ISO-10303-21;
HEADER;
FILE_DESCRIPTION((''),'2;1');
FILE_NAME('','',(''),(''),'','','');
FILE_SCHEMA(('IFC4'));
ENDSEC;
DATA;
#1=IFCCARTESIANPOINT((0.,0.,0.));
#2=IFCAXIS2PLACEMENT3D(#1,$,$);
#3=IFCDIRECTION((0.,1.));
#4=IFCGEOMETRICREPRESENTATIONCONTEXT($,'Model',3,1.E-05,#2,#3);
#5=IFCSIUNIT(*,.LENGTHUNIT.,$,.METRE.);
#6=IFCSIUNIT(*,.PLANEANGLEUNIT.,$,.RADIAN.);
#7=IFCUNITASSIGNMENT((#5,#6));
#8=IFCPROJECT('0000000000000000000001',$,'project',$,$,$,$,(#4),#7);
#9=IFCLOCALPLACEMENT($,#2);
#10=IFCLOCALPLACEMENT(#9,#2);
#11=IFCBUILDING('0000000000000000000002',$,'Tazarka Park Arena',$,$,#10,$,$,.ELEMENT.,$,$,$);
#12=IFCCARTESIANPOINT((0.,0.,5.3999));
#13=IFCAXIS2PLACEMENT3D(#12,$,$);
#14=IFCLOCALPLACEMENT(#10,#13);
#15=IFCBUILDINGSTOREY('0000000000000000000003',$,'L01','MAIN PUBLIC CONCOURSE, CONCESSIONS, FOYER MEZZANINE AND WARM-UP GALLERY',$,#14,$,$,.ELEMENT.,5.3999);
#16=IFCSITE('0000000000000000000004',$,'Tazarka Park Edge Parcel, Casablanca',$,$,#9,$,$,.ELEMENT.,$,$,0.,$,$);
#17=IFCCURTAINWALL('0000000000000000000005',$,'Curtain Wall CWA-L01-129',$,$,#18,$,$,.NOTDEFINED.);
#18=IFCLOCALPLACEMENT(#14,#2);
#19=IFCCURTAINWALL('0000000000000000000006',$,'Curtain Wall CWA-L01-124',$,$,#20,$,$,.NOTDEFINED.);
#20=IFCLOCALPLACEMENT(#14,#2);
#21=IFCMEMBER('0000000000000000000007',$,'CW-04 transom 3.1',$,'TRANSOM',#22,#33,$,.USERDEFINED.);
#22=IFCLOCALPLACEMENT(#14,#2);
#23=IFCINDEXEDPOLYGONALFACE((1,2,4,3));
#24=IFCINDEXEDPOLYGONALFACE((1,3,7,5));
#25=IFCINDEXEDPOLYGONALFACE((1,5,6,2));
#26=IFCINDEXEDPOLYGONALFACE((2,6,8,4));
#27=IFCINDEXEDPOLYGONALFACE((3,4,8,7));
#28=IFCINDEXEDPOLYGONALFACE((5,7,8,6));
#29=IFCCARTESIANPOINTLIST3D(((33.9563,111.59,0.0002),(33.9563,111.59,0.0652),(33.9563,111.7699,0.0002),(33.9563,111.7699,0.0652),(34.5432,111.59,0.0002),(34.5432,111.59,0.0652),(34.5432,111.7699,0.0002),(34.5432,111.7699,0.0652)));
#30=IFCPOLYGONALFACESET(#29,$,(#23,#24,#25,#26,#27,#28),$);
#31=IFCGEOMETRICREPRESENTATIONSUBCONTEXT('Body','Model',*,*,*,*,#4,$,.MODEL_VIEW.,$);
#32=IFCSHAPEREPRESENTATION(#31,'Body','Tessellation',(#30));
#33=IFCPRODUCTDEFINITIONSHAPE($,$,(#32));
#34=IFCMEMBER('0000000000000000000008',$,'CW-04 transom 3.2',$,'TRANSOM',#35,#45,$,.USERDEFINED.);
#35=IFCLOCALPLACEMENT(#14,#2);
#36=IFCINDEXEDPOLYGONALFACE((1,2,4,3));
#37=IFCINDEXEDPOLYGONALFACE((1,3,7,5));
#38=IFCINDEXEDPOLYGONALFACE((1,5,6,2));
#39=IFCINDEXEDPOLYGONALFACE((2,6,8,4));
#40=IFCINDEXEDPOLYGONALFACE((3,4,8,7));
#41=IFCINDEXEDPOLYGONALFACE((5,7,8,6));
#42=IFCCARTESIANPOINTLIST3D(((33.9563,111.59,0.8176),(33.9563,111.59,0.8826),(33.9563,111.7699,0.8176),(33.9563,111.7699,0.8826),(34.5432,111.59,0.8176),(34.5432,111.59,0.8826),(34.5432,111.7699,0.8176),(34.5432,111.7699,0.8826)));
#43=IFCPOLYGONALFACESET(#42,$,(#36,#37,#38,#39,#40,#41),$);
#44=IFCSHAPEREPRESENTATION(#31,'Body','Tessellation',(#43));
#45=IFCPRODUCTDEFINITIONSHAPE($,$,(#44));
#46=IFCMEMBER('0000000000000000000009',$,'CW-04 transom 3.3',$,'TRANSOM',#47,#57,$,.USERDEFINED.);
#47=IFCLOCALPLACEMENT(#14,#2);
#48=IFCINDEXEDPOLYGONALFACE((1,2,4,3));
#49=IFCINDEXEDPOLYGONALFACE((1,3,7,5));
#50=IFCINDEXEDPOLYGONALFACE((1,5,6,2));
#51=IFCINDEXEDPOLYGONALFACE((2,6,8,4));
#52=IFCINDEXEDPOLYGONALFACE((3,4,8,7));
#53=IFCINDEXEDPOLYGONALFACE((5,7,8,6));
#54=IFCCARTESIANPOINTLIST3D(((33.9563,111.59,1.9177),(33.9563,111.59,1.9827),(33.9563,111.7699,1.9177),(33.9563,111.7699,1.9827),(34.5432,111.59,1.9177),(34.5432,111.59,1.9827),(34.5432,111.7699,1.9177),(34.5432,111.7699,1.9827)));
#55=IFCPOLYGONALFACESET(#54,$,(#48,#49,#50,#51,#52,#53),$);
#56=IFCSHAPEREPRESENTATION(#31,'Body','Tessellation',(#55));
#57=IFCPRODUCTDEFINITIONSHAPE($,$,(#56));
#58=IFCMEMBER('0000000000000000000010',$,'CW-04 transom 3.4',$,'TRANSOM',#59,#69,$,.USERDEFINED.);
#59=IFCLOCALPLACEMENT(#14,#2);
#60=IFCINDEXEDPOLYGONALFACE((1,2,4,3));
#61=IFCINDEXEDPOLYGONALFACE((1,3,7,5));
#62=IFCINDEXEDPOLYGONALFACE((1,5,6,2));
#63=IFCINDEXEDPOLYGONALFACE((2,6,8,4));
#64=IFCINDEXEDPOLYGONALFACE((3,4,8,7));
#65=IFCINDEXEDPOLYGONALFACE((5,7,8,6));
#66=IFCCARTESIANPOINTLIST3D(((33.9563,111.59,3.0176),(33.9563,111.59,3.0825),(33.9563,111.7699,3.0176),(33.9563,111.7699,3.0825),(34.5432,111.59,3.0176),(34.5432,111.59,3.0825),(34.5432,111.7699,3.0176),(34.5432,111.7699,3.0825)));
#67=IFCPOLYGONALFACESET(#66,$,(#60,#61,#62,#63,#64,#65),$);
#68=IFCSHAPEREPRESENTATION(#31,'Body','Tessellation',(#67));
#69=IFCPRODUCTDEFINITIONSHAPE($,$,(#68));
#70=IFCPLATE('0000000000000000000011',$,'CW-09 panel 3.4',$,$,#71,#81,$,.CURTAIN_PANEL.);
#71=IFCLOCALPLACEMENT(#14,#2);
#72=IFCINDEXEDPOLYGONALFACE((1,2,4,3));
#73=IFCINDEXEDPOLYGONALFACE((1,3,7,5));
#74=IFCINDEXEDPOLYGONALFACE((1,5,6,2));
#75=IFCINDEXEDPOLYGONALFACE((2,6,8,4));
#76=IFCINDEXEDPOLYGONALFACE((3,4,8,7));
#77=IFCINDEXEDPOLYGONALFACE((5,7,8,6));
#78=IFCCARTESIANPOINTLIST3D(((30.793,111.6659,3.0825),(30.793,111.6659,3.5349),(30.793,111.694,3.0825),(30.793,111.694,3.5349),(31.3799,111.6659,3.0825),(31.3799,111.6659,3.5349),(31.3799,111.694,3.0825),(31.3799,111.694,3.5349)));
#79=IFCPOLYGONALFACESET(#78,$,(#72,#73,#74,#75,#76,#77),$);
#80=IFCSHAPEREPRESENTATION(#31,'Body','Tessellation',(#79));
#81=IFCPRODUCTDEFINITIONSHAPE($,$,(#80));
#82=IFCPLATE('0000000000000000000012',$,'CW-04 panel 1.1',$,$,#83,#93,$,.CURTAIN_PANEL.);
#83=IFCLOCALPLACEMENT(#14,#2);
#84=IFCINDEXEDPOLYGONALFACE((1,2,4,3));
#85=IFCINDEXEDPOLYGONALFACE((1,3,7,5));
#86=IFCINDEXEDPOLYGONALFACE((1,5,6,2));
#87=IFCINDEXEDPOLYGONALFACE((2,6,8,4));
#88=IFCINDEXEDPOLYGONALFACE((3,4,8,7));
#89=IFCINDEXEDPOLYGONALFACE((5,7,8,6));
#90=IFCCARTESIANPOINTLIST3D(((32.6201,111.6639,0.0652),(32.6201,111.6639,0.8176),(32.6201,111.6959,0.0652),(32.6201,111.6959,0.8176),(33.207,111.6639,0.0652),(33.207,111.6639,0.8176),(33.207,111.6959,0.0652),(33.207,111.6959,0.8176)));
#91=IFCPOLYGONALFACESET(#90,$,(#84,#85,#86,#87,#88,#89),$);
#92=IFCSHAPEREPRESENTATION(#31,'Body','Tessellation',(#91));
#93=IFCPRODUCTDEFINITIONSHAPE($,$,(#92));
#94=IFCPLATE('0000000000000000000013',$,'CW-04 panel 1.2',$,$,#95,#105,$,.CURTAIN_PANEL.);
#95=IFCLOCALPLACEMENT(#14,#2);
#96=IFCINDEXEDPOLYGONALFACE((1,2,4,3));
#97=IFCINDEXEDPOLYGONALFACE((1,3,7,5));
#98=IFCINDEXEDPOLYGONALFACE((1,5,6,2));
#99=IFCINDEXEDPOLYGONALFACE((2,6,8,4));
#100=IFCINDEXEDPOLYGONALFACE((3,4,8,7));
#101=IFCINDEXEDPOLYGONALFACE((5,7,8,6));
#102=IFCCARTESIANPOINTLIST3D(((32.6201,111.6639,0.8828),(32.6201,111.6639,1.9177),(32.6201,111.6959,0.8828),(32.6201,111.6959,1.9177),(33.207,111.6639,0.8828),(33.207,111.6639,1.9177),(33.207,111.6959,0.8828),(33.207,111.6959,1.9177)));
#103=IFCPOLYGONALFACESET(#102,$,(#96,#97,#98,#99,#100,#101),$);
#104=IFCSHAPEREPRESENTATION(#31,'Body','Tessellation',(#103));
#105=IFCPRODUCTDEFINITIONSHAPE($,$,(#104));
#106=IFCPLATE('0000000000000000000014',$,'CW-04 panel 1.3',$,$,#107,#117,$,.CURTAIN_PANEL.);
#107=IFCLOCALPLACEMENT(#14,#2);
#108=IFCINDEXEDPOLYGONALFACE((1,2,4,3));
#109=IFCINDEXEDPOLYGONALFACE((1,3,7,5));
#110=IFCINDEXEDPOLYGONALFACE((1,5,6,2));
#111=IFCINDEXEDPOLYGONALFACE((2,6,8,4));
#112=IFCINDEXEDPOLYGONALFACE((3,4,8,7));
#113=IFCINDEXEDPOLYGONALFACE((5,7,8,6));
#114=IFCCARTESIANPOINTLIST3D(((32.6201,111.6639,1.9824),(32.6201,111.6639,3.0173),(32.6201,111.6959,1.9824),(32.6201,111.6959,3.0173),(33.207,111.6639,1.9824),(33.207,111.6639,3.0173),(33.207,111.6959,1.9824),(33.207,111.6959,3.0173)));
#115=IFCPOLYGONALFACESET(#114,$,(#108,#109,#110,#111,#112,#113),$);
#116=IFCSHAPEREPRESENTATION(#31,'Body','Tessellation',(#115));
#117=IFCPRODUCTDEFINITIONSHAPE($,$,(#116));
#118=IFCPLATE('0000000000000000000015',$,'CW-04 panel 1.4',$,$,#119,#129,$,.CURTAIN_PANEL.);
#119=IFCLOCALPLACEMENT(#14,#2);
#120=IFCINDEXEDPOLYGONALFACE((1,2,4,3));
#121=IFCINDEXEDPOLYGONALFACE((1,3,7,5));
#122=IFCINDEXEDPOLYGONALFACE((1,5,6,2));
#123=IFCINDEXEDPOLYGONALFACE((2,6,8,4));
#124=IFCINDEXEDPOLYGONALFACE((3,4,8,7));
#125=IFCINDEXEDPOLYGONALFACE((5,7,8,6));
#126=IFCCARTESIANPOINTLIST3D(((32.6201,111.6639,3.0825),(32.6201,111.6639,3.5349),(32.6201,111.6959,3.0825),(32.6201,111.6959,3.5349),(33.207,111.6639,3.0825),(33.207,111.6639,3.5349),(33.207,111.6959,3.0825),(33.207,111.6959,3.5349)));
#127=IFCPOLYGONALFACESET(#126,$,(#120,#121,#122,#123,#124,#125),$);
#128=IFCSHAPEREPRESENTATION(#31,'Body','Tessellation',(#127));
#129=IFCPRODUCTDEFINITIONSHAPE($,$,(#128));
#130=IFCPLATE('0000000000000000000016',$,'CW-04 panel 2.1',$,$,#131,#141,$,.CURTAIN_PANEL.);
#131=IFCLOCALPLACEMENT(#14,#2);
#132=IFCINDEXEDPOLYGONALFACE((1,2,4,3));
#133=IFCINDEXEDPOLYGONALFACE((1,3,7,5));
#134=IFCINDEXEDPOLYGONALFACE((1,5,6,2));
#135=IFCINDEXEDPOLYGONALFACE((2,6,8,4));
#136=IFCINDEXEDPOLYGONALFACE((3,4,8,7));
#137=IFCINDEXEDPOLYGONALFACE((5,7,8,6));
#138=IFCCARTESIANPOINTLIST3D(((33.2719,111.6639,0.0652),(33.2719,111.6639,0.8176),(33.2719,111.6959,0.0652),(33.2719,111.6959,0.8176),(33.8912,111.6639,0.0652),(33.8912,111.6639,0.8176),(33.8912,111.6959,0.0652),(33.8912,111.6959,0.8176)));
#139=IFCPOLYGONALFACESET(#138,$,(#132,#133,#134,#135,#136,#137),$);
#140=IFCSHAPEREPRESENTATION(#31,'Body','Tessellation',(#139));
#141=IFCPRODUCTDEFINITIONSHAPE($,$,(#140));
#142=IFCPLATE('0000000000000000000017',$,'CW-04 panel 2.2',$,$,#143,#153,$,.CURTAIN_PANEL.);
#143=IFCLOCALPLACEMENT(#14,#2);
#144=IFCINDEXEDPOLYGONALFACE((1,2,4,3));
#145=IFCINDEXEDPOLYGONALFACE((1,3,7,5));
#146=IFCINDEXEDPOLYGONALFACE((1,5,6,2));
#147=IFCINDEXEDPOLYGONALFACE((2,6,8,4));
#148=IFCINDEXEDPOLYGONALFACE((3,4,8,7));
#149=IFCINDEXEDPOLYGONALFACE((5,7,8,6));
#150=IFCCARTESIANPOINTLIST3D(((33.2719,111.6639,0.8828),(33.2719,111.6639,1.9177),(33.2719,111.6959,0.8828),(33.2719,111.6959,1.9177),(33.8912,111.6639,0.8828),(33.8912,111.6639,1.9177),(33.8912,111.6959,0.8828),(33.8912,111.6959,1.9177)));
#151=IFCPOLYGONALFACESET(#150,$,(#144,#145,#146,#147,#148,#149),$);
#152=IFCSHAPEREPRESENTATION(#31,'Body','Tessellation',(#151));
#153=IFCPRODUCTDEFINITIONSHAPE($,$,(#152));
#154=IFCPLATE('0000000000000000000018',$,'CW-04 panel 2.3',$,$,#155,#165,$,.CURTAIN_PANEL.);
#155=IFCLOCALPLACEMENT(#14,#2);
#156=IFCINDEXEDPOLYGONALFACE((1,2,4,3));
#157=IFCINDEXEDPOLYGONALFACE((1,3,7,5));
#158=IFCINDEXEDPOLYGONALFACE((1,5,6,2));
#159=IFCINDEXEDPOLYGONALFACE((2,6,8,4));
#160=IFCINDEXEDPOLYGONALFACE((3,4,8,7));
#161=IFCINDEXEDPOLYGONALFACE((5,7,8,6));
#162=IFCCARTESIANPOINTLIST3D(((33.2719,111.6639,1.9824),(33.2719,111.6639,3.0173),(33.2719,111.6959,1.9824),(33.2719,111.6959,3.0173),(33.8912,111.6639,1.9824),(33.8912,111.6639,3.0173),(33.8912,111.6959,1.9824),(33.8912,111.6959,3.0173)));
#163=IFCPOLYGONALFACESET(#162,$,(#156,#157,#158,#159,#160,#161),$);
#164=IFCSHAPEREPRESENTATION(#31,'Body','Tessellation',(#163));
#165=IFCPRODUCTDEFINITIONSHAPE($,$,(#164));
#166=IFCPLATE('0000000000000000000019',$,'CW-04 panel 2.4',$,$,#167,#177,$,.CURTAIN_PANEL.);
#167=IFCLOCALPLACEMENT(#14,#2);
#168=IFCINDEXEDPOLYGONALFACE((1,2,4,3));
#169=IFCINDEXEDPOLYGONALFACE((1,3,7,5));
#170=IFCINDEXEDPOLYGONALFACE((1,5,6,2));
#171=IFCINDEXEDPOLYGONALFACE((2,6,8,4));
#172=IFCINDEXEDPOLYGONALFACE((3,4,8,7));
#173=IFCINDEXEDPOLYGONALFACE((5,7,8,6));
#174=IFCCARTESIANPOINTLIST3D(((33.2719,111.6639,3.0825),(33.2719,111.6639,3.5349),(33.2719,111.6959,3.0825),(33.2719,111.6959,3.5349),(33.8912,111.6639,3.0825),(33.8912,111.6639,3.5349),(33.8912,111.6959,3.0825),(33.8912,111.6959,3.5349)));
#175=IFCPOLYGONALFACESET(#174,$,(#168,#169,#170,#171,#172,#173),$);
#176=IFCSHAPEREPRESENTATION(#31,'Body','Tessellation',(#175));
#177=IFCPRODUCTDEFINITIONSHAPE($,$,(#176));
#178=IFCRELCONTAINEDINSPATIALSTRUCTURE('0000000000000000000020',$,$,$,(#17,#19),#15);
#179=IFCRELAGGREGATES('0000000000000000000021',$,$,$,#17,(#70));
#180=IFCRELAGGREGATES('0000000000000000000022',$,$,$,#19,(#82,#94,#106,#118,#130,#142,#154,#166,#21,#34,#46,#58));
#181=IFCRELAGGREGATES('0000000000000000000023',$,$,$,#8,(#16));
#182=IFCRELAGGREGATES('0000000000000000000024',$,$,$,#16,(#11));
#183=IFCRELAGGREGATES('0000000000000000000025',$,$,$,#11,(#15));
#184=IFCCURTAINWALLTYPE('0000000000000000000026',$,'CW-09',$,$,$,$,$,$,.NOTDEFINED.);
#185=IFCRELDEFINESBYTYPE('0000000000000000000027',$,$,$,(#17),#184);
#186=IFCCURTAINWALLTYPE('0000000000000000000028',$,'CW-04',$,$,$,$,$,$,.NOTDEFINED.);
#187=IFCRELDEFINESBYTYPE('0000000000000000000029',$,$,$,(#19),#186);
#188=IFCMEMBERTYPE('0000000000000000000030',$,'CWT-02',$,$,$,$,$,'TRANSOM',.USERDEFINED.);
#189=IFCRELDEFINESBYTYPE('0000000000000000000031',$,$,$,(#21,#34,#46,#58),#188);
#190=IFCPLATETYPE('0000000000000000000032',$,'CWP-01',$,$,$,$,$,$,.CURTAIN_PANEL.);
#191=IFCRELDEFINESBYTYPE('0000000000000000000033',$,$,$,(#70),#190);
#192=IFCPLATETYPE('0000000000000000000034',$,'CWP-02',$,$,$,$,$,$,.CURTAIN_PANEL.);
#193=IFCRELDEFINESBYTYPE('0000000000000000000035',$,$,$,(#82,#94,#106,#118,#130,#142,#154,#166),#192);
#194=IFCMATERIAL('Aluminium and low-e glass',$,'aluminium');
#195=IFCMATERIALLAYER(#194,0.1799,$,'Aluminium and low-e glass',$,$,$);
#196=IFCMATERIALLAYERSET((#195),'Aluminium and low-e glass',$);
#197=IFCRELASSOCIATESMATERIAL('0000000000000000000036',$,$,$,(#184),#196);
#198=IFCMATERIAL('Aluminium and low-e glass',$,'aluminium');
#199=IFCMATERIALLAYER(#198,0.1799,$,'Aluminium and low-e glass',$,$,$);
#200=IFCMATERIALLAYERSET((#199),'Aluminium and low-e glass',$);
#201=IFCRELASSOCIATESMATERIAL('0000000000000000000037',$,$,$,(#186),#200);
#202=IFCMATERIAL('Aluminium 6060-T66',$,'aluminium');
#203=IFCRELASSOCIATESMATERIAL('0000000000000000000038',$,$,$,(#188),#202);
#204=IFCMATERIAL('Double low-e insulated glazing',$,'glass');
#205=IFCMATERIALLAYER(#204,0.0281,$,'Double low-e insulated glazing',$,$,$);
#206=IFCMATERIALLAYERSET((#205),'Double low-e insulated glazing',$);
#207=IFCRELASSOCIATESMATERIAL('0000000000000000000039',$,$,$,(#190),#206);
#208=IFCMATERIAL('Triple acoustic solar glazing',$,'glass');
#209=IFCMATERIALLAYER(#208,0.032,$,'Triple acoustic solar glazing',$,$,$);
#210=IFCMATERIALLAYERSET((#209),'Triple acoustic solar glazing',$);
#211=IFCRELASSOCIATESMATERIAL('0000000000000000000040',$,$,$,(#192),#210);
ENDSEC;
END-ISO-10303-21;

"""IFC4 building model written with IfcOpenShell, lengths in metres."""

from ifc_helpers import new_model, si_unit, direction, frame, origin, origin_2d, place, context, subcontext, project, spatial, rectangle, extrude, material, layer, layer_set, material_profile, profile_set, type_object, element, aggregate, save


model = new_model("IFC4")

# Units and contexts
model_context = context("Model", 3, precision=1e-05, world=origin(), true_north=direction((0.0, 1.0)))
body_context = subcontext(model_context, "Body", "Model", "MODEL_VIEW")
ifc_project = project(units=[si_unit("LENGTHUNIT", "METRE"), si_unit("PLANEANGLEUNIT", "RADIAN")], contexts=[model_context])

# Site, building, storey
site_placement = place(None, origin())
site = spatial("IfcSite", under=ifc_project, at=site_placement, Name="Tazarka Park Edge Parcel, Casablanca", CompositionType="ELEMENT", RefElevation=0.0)
building_placement = place(site_placement, origin())
building = spatial("IfcBuilding", under=site, at=building_placement, Name="Tazarka Park Arena", CompositionType="ELEMENT")
storey_placement = place(building_placement, frame((0.0, 0.0, 5.3999)))
storey = spatial("IfcBuildingStorey", under=building, at=storey_placement, Name="L01", Description="MAIN PUBLIC CONCOURSE, CONCESSIONS, FOYER MEZZANINE AND WARM-UP GALLERY", CompositionType="ELEMENT", Elevation=5.3999)

# Curtain wall
ifc_material_1 = material(Name="Aluminium and low-e glass", Category="aluminium")
ifc_layer_1 = layer(ifc_material_1, 0.1799, Name="Aluminium and low-e glass")
ifc_layer_set_1 = layer_set([ifc_layer_1], Name="Aluminium and low-e glass")
curtain_wall_type_1 = type_object("IfcCurtainWallType", Name="CW-09", PredefinedType="NOTDEFINED", material=ifc_layer_set_1)
curtain_wall_1_placement = place(storey_placement, origin())
curtain_wall_1 = element("IfcCurtainWall", 1, at=curtain_wall_1_placement, inside=storey, type_object=curtain_wall_type_1, Name="Curtain Wall CWA-L01-129", PredefinedType="NOTDEFINED")

# Curtain wall, members
ifc_material_2 = material(Name="Aluminium and low-e glass", Category="aluminium")
ifc_layer_2 = layer(ifc_material_2, 0.1799, Name="Aluminium and low-e glass")
ifc_layer_set_2 = layer_set([ifc_layer_2], Name="Aluminium and low-e glass")
curtain_wall_type_2 = type_object("IfcCurtainWallType", Name="CW-04", PredefinedType="NOTDEFINED", material=ifc_layer_set_2)
curtain_wall_2_placement = place(storey_placement, origin())
curtain_wall_2 = element("IfcCurtainWall", 2, at=curtain_wall_2_placement, inside=storey, type_object=curtain_wall_type_2, Name="Curtain Wall CWA-L01-124", PredefinedType="NOTDEFINED")
ifc_material_3 = material(Name="Aluminium 6060-T66", Category="aluminium")
ifc_material_profile_1 = material_profile(ifc_material_3, rectangle(XDim=0.1799, YDim=0.0649, at=origin_2d()), Name="Aluminium 6060-T66")
ifc_profile_set_1 = profile_set([ifc_material_profile_1], Name="Aluminium 6060-T66")
member_type_1 = type_object("IfcMemberType", Name="CWT-02", ElementType="TRANSOM", PredefinedType="USERDEFINED", material=ifc_profile_set_1)
member_1_placement = place(storey_placement, frame((33.9563, 111.6799, 0.0327), z_axis=(1.0, 0.0, 0.0), x_axis=(0.0, 1.0, 0.0)))
member_1 = element("IfcMember", 3, at=member_1_placement, type_object=member_type_1, Name="CW-04 transom 3.1", ObjectType="TRANSOM", PredefinedType="USERDEFINED", context=body_context, shape_type="SweptSolid", body=[
    extrude(rectangle(XDim=0.1799, YDim=0.0649, at=origin_2d()), origin(), (0.0, 0.0, 1.0), 0.5869),
])
member_2_placement = place(storey_placement, frame((33.9563, 111.6799, 0.8501), z_axis=(1.0, 0.0, 0.0), x_axis=(0.0, 1.0, 0.0)))
member_2 = element("IfcMember", 4, at=member_2_placement, type_object=member_type_1, Name="CW-04 transom 3.2", ObjectType="TRANSOM", PredefinedType="USERDEFINED", context=body_context, shape_type="SweptSolid", body=[
    extrude(rectangle(XDim=0.1799, YDim=0.0649, at=origin_2d()), origin(), (0.0, 0.0, 1.0), 0.5869),
])
member_3_placement = place(storey_placement, frame((33.9563, 111.6799, 1.9502), z_axis=(1.0, 0.0, 0.0), x_axis=(0.0, 1.0, 0.0)))
member_3 = element("IfcMember", 5, at=member_3_placement, type_object=member_type_1, Name="CW-04 transom 3.3", ObjectType="TRANSOM", PredefinedType="USERDEFINED", context=body_context, shape_type="SweptSolid", body=[
    extrude(rectangle(XDim=0.1799, YDim=0.0649, at=origin_2d()), origin(), (0.0, 0.0, 1.0), 0.5869),
])
member_4_placement = place(storey_placement, frame((33.9563, 111.6799, 3.05), z_axis=(1.0, 0.0, 0.0), x_axis=(0.0, 1.0, 0.0)))
member_4 = element("IfcMember", 6, at=member_4_placement, type_object=member_type_1, Name="CW-04 transom 3.4", ObjectType="TRANSOM", PredefinedType="USERDEFINED", context=body_context, shape_type="SweptSolid", body=[
    extrude(rectangle(XDim=0.1799, YDim=0.0649, at=origin_2d()), origin(), (0.0, 0.0, 1.0), 0.5869),
])

# Plates
ifc_material_4 = material(Name="Double low-e insulated glazing", Category="glass")
ifc_layer_3 = layer(ifc_material_4, 0.0281, Name="Double low-e insulated glazing")
ifc_layer_set_3 = layer_set([ifc_layer_3], Name="Double low-e insulated glazing")
plate_type_1 = type_object("IfcPlateType", Name="CWP-01", PredefinedType="CURTAIN_PANEL", material=ifc_layer_set_3)
plate_1_placement = place(storey_placement, frame((31.0864, 111.6799, 3.0825), z_axis=(0.0, 0.0, 1.0), x_axis=(1.0, 0.0, 0.0)))
plate_1 = element("IfcPlate", 7, at=plate_1_placement, type_object=plate_type_1, Name="CW-09 panel 3.4", PredefinedType="CURTAIN_PANEL", context=body_context, shape_type="SweptSolid", body=[
    extrude(rectangle(XDim=0.5869, YDim=0.0281, at=origin_2d()), origin(), (0.0, 0.0, 1.0), 0.4524),
])
aggregate(curtain_wall_1, [plate_1])
ifc_material_5 = material(Name="Triple acoustic solar glazing", Category="glass")
ifc_layer_4 = layer(ifc_material_5, 0.032, Name="Triple acoustic solar glazing")
ifc_layer_set_4 = layer_set([ifc_layer_4], Name="Triple acoustic solar glazing")
plate_type_2 = type_object("IfcPlateType", Name="CWP-02", PredefinedType="CURTAIN_PANEL", material=ifc_layer_set_4)
plate_2_placement = place(storey_placement, frame((32.9136, 111.6799, 0.0652), z_axis=(0.0, 0.0, 1.0), x_axis=(1.0, 0.0, 0.0)))
plate_2 = element("IfcPlate", 8, at=plate_2_placement, type_object=plate_type_2, Name="CW-04 panel 1.1", PredefinedType="CURTAIN_PANEL", context=body_context, shape_type="SweptSolid", body=[
    extrude(rectangle(XDim=0.5869, YDim=0.032, at=origin_2d()), origin(), (0.0, 0.0, 1.0), 0.7524),
])
plate_3_placement = place(storey_placement, frame((32.9136, 111.6799, 0.8828), z_axis=(0.0, 0.0, 1.0), x_axis=(1.0, 0.0, 0.0)))
plate_3 = element("IfcPlate", 9, at=plate_3_placement, type_object=plate_type_2, Name="CW-04 panel 1.2", PredefinedType="CURTAIN_PANEL", context=body_context, shape_type="SweptSolid", body=[
    extrude(rectangle(XDim=0.5869, YDim=0.032, at=origin_2d()), origin(), (0.0, 0.0, 1.0), 1.0349),
])
plate_4_placement = place(storey_placement, frame((32.9136, 111.6799, 1.9824), z_axis=(0.0, 0.0, 1.0), x_axis=(1.0, 0.0, 0.0)))
plate_4 = element("IfcPlate", 10, at=plate_4_placement, type_object=plate_type_2, Name="CW-04 panel 1.3", PredefinedType="CURTAIN_PANEL", context=body_context, shape_type="SweptSolid", body=[
    extrude(rectangle(XDim=0.5869, YDim=0.032, at=origin_2d()), origin(), (0.0, 0.0, 1.0), 1.0349),
])
plate_5_placement = place(storey_placement, frame((32.9136, 111.6799, 3.0825), z_axis=(0.0, 0.0, 1.0), x_axis=(1.0, 0.0, 0.0)))
plate_5 = element("IfcPlate", 11, at=plate_5_placement, type_object=plate_type_2, Name="CW-04 panel 1.4", PredefinedType="CURTAIN_PANEL", context=body_context, shape_type="SweptSolid", body=[
    extrude(rectangle(XDim=0.5869, YDim=0.032, at=origin_2d()), origin(), (0.0, 0.0, 1.0), 0.4524),
])
plate_6_placement = place(storey_placement, frame((33.5815, 111.6799, 0.0652), z_axis=(0.0, 0.0, 1.0), x_axis=(1.0, 0.0, 0.0)))
plate_6 = element("IfcPlate", 12, at=plate_6_placement, type_object=plate_type_2, Name="CW-04 panel 2.1", PredefinedType="CURTAIN_PANEL", context=body_context, shape_type="SweptSolid", body=[
    extrude(rectangle(XDim=0.6194, YDim=0.032, at=origin_2d()), origin(), (0.0, 0.0, 1.0), 0.7524),
])
plate_7_placement = place(storey_placement, frame((33.5815, 111.6799, 0.8828), z_axis=(0.0, 0.0, 1.0), x_axis=(1.0, 0.0, 0.0)))
plate_7 = element("IfcPlate", 13, at=plate_7_placement, type_object=plate_type_2, Name="CW-04 panel 2.2", PredefinedType="CURTAIN_PANEL", context=body_context, shape_type="SweptSolid", body=[
    extrude(rectangle(XDim=0.6194, YDim=0.032, at=origin_2d()), origin(), (0.0, 0.0, 1.0), 1.0349),
])
plate_8_placement = place(storey_placement, frame((33.5815, 111.6799, 1.9824), z_axis=(0.0, 0.0, 1.0), x_axis=(1.0, 0.0, 0.0)))
plate_8 = element("IfcPlate", 14, at=plate_8_placement, type_object=plate_type_2, Name="CW-04 panel 2.3", PredefinedType="CURTAIN_PANEL", context=body_context, shape_type="SweptSolid", body=[
    extrude(rectangle(XDim=0.6194, YDim=0.032, at=origin_2d()), origin(), (0.0, 0.0, 1.0), 1.0349),
])
plate_9_placement = place(storey_placement, frame((33.5815, 111.6799, 3.0825), z_axis=(0.0, 0.0, 1.0), x_axis=(1.0, 0.0, 0.0)))
plate_9 = element("IfcPlate", 15, at=plate_9_placement, type_object=plate_type_2, Name="CW-04 panel 2.4", PredefinedType="CURTAIN_PANEL", context=body_context, shape_type="SweptSolid", body=[
    extrude(rectangle(XDim=0.6194, YDim=0.032, at=origin_2d()), origin(), (0.0, 0.0, 1.0), 0.4524),
])
aggregate(curtain_wall_2, [plate_2, plate_3, plate_4, plate_5, plate_6, plate_7, plate_8, plate_9, member_1, member_2, member_3, member_4])

save(model, "model.ifc")
